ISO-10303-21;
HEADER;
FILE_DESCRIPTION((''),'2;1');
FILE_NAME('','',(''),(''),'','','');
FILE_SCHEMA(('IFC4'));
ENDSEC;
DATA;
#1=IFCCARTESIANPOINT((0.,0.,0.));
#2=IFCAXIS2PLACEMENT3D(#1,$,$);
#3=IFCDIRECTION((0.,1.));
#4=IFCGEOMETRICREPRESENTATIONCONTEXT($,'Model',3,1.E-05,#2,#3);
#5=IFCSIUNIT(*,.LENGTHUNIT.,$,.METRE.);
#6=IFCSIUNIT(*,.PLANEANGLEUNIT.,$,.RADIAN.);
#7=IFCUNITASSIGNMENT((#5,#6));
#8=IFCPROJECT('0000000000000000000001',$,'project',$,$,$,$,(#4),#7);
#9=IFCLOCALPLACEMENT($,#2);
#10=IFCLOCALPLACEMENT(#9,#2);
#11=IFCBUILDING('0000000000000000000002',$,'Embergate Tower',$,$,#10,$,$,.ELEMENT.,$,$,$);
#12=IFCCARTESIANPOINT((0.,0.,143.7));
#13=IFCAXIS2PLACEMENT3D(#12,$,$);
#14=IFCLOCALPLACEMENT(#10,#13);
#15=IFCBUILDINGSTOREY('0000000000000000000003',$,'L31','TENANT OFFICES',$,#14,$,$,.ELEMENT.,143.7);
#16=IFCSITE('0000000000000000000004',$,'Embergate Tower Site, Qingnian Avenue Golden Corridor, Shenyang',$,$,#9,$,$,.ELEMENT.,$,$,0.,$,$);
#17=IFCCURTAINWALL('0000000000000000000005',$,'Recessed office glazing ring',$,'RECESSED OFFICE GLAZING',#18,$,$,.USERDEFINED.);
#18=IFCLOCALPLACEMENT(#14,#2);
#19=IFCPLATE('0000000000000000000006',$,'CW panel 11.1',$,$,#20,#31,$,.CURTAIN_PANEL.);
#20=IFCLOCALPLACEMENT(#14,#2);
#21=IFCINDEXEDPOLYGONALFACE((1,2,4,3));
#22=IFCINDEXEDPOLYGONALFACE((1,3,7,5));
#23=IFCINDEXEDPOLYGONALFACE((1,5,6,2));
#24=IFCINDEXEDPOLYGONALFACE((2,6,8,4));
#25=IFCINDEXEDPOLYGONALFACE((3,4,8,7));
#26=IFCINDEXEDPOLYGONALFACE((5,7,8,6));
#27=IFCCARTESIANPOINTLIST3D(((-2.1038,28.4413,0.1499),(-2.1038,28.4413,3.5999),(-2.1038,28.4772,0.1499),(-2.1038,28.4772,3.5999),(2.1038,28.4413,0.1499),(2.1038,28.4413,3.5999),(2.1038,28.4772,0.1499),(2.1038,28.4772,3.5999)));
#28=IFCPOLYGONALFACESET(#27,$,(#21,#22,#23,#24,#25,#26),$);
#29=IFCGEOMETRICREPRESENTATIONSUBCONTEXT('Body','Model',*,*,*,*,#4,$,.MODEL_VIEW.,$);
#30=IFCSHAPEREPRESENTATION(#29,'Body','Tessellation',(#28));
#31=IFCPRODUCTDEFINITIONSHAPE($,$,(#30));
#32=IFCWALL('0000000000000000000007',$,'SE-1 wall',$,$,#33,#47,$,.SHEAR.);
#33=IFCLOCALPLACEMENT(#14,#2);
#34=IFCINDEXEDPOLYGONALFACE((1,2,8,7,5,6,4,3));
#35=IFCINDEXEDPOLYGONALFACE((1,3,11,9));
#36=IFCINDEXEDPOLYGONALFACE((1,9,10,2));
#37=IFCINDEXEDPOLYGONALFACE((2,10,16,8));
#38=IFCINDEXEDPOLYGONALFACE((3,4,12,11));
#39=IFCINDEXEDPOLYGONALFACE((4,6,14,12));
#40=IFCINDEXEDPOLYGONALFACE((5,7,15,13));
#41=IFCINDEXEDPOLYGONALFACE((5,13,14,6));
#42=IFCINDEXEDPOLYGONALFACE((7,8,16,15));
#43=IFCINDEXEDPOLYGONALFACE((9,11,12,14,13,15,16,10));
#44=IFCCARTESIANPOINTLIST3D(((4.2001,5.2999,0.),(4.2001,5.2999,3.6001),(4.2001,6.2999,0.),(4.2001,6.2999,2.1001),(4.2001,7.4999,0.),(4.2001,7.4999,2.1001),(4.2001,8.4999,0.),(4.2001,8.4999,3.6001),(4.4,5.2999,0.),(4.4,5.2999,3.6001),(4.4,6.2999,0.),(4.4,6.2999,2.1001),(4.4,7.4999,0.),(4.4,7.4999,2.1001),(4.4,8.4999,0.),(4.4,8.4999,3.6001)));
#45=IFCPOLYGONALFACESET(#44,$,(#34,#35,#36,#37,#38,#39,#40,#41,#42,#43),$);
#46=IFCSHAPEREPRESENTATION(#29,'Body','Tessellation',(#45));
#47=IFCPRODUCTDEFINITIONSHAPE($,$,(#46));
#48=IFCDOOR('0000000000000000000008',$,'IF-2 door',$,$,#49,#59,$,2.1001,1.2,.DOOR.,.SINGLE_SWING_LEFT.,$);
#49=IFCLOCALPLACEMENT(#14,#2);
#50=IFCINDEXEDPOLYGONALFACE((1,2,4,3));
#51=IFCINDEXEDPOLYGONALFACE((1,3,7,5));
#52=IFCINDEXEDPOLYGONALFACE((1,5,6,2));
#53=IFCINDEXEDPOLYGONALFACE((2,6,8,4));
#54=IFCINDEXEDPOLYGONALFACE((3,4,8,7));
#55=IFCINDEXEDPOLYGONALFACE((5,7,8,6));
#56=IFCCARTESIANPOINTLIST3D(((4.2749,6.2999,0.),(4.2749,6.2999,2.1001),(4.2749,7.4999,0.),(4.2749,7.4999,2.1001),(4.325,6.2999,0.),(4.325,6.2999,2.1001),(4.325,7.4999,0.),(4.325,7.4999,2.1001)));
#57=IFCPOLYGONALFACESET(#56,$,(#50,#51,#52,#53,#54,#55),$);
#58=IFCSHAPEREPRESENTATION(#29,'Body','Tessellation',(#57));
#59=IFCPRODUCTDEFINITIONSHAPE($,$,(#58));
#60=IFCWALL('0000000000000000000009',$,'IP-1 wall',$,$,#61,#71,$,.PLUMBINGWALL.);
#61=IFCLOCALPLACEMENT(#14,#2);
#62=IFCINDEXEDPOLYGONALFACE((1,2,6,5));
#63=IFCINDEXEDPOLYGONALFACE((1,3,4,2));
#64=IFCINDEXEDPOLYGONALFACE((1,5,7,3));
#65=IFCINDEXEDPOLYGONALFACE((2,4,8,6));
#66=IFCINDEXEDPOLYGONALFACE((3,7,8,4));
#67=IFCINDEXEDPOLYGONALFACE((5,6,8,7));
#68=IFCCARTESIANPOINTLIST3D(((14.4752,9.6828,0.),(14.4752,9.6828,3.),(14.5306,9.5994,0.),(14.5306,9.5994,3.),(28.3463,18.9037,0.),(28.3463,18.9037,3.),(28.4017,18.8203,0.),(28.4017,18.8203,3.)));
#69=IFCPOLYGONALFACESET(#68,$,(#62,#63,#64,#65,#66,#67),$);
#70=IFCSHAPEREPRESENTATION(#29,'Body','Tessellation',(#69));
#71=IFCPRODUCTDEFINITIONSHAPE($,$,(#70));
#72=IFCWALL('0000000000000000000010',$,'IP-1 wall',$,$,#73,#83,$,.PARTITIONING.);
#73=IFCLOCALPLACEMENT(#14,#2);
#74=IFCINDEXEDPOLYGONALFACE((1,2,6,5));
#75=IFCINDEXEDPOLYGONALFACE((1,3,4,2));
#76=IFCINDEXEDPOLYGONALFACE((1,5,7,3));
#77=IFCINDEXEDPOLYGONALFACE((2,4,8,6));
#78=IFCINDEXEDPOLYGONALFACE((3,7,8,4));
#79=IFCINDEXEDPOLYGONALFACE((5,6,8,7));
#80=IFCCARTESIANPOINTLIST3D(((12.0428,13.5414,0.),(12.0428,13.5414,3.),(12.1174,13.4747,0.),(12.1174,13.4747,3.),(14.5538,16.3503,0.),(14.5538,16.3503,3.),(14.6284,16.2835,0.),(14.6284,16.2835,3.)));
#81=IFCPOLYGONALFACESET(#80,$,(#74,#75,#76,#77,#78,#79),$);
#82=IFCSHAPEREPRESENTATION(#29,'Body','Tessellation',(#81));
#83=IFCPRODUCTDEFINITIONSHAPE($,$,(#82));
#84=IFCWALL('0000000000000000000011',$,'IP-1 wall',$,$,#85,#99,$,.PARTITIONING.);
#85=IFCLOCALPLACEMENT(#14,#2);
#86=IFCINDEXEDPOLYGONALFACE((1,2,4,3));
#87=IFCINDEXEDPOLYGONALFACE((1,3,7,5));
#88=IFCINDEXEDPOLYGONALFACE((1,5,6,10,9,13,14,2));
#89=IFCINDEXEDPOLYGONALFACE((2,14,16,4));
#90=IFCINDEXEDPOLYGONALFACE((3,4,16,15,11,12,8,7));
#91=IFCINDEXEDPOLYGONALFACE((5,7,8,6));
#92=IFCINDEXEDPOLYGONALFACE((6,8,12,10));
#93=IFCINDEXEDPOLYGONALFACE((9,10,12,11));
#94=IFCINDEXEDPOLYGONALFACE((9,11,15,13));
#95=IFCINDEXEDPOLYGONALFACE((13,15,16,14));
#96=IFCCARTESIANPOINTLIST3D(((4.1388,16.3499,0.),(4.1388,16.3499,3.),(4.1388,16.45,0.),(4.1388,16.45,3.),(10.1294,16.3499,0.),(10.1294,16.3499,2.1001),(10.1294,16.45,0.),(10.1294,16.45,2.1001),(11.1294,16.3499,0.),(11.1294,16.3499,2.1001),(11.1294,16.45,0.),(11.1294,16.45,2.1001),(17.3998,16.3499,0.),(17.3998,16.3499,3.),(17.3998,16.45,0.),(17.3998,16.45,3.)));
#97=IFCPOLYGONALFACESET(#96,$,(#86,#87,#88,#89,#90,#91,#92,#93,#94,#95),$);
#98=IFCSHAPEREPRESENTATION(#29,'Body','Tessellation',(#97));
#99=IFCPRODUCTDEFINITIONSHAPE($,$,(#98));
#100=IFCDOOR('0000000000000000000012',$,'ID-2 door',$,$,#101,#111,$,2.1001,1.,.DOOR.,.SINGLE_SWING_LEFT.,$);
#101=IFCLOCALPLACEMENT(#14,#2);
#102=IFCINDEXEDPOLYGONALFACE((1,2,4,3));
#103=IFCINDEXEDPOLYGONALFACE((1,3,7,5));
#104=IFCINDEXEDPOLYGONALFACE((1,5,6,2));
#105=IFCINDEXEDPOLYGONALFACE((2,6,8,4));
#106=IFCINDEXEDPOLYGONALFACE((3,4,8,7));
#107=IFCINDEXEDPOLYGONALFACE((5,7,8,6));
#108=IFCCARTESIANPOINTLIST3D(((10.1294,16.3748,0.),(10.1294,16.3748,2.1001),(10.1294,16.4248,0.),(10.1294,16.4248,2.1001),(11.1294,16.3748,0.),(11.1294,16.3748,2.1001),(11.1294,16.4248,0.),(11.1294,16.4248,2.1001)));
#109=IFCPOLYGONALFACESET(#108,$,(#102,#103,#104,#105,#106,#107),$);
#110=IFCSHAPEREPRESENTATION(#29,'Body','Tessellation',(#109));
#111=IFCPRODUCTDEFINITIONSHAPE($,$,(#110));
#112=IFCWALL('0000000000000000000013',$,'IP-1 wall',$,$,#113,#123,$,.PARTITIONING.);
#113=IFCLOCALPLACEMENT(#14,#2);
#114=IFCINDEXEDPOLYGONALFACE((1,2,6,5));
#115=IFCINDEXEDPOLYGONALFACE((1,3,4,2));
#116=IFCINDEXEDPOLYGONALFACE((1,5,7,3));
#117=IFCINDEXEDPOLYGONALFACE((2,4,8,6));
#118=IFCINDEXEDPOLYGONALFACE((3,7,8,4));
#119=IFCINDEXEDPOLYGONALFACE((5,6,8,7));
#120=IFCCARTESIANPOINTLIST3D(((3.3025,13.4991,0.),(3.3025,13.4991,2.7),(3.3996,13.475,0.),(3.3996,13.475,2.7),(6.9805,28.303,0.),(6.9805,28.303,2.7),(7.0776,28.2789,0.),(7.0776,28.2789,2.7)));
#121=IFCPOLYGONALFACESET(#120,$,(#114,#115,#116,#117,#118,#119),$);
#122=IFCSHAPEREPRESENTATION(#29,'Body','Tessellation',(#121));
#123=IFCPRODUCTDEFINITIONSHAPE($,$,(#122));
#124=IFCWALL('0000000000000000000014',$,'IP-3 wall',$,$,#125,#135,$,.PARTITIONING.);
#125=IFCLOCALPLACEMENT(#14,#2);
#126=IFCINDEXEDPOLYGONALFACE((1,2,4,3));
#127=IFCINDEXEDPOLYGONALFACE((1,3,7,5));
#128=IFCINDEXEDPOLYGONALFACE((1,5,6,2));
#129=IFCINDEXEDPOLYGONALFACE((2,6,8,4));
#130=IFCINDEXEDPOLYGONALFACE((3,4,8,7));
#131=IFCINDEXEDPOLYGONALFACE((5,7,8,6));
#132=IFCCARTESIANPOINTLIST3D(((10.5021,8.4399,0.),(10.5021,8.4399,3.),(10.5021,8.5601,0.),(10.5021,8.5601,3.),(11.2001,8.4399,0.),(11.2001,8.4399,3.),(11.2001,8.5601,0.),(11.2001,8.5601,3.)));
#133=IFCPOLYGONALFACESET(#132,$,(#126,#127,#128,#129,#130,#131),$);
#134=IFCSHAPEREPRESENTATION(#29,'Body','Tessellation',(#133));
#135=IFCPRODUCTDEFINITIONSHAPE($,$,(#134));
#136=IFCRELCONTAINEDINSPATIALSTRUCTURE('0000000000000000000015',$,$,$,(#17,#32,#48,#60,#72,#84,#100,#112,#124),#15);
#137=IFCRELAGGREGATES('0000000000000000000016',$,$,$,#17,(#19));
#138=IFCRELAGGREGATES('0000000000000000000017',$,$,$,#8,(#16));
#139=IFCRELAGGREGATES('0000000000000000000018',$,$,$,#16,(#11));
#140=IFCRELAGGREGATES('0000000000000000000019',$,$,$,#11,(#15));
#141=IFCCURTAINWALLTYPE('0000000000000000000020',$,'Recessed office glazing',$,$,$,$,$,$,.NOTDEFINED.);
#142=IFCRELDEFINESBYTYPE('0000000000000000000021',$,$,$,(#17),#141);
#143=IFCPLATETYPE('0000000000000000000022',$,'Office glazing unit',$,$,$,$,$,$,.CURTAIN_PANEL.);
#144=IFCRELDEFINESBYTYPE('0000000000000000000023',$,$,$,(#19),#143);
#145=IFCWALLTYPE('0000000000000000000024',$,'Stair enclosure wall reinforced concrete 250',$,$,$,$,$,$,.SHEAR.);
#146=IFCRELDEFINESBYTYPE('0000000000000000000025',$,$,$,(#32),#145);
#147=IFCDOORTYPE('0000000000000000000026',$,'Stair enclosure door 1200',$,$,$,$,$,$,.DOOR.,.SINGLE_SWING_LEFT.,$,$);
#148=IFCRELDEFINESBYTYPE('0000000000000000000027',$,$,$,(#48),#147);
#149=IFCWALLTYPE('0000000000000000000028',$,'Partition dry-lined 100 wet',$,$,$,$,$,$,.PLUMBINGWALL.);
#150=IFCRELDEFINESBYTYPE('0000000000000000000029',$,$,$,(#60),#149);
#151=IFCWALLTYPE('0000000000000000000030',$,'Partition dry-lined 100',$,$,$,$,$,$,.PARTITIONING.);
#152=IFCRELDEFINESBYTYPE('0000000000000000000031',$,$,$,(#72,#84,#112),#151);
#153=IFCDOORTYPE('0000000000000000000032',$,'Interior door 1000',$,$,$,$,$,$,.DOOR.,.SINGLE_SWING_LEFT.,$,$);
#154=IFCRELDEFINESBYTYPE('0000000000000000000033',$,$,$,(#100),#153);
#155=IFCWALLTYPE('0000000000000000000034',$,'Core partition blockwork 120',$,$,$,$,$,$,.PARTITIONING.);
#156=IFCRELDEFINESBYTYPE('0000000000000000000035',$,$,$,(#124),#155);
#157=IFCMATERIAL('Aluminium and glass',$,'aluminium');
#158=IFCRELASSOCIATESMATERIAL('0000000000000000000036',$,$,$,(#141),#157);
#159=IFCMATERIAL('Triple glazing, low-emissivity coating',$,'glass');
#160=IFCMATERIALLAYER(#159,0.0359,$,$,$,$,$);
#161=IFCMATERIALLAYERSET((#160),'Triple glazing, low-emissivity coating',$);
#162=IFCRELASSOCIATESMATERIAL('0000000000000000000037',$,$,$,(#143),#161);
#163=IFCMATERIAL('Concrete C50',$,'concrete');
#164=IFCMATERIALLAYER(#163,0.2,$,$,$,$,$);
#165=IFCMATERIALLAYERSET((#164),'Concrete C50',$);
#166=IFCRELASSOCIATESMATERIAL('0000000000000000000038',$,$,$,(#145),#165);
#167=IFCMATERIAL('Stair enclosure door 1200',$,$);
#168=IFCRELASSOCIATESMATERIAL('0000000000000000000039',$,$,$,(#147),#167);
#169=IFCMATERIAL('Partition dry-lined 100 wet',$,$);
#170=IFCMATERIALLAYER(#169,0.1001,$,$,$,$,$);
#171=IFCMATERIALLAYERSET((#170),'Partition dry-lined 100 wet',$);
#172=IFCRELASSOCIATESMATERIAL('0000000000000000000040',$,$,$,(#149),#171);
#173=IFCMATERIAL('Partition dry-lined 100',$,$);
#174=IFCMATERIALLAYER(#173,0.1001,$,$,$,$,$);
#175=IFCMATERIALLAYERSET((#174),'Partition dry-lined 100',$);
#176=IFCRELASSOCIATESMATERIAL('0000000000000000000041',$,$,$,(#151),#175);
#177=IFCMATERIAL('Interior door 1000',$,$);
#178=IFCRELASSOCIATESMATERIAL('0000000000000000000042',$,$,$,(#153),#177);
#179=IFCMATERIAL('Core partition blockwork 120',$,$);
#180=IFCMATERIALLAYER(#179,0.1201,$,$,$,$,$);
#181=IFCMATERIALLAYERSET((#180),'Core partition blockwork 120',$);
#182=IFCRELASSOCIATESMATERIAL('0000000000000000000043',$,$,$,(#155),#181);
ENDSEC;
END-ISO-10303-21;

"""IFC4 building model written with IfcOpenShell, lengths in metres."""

from ifc_helpers import new_model, si_unit, direction, frame, frame_2d, origin, origin_2d, place, context, subcontext, project, spatial, rectangle, extrude, source, transform, mapped, material, layer, layer_set, type_object, element, fill, aggregate, save


model = new_model("IFC4")

# Units and contexts
model_context = context("Model", 3, precision=1e-05, world=origin(), true_north=direction((0.0, 1.0)))
body_context = subcontext(model_context, "Body", "Model", "MODEL_VIEW")
ifc_project = project(units=[si_unit("LENGTHUNIT", "METRE"), si_unit("PLANEANGLEUNIT", "RADIAN")], contexts=[model_context])

# Site, building, storey
site_placement = place(None, origin())
site = spatial("IfcSite", under=ifc_project, at=site_placement, Name="Embergate Tower Site, Qingnian Avenue Golden Corridor, Shenyang", CompositionType="ELEMENT", RefElevation=0.0)
building_placement = place(site_placement, origin())
building = spatial("IfcBuilding", under=site, at=building_placement, Name="Embergate Tower", CompositionType="ELEMENT")
storey_placement = place(building_placement, frame((0.0, 0.0, 143.7)))
storey = spatial("IfcBuildingStorey", under=building, at=storey_placement, Name="L31", Description="TENANT OFFICES", CompositionType="ELEMENT", Elevation=143.7)

# Curtain wall, plate
ifc_material_1 = material(Name="Aluminium and glass", Category="aluminium")
curtain_wall_type = type_object("IfcCurtainWallType", Name="Recessed office glazing", PredefinedType="NOTDEFINED", material=ifc_material_1)
curtain_wall_placement = place(storey_placement, origin())
curtain_wall = element("IfcCurtainWall", 1, at=curtain_wall_placement, inside=storey, type_object=curtain_wall_type, Name="Recessed office glazing ring", ObjectType="RECESSED OFFICE GLAZING", PredefinedType="USERDEFINED")
ifc_material_2 = material(Name="Triple glazing, low-emissivity coating", Category="glass")
ifc_layer_1 = layer(ifc_material_2, 0.0359)
ifc_layer_set_1 = layer_set([ifc_layer_1], Name="Triple glazing, low-emissivity coating")
plate_type = type_object("IfcPlateType", Name="Office glazing unit", PredefinedType="CURTAIN_PANEL", material=ifc_layer_set_1)
shared_shape_1 = source(origin(), body_context, "Body", "SweptSolid", [
    extrude(rectangle(XDim=4.2075, YDim=0.0359, at=origin_2d()), origin(), (0.0, 0.0, 1.0), 3.45),
])
plate_1_placement = place(storey_placement, frame((0.0, 28.4592, 0.1499), z_axis=(0.0, 0.0, 1.0), x_axis=(-1.0, 0.0, 0.0)))
plate_1 = element("IfcPlate", 2, at=plate_1_placement, type_object=plate_type, Name="CW panel 11.1", PredefinedType="CURTAIN_PANEL", context=body_context, shape_type="MappedRepresentation", body=[
    mapped(shared_shape_1, transform((0.0, 0.0, 0.0))),
])
aggregate(curtain_wall, [plate_1])

# Wall, opening, door
ifc_material_3 = material(Name="Concrete C50", Category="concrete")
ifc_layer_2 = layer(ifc_material_3, 0.2)
ifc_layer_set_2 = layer_set([ifc_layer_2], Name="Concrete C50")
wall_type_1 = type_object("IfcWallType", Name="Stair enclosure wall reinforced concrete 250", PredefinedType="SHEAR", material=ifc_layer_set_2)
shared_shape_2 = source(origin(), body_context, "Body", "SweptSolid", [
    extrude(rectangle(XDim=3.2, YDim=0.2, at=frame_2d((1.6001, 0.0))), origin(), (0.0, 0.0, 1.0), 3.6001),
])
wall_1_placement = place(storey_placement, frame((4.3, 8.5, 0.0), z_axis=(0.0, 0.0, 1.0), x_axis=(0.0, -1.0, 0.0)))
wall_1 = element("IfcWall", 3, at=wall_1_placement, inside=storey, type_object=wall_type_1, Name="SE-1 wall", PredefinedType="SHEAR", context=body_context, shape_type="MappedRepresentation", body=[
    mapped(shared_shape_2, transform((0.0, 0.0, 0.0))),
])
shared_shape_3 = source(origin(), body_context, "Body", "SweptSolid", [
    extrude(rectangle(XDim=1.2, YDim=2.1001, at=frame_2d((0.6001, 1.05))), frame((0.0, 0.1099, 0.0), z_axis=(0.0, -1.0, 0.0), x_axis=(1.0, 0.0, 0.0)), (0.0, 0.0, 1.0), 0.22),
])
opening_1_placement = place(wall_1_placement, frame((1.0, 0.0, 0.0)))
opening_1 = element("IfcOpeningElement", 4, at=opening_1_placement, cuts=wall_1, PredefinedType="OPENING", context=body_context, shape_type="MappedRepresentation", body=[
    mapped(shared_shape_3, transform((0.0, 0.0, 0.0))),
])
ifc_material_4 = material(Name="Stair enclosure door 1200")
door_type_1 = type_object("IfcDoorType", Name="Stair enclosure door 1200", OperationType="SINGLE_SWING_LEFT", PredefinedType="DOOR", material=ifc_material_4)
shared_shape_4 = source(origin(), body_context, "Body", "SweptSolid", [
    extrude(rectangle(XDim=1.2, YDim=2.1001, at=frame_2d((0.6001, 1.05))), frame((0.0, 0.0249, 0.0), z_axis=(0.0, -1.0, 0.0), x_axis=(1.0, 0.0, 0.0)), (0.0, 0.0, 1.0), 0.05),
])
door_1_placement = place(opening_1_placement, origin())
door_1 = element("IfcDoor", 5, at=door_1_placement, inside=storey, type_object=door_type_1, Name="IF-2 door", OperationType="SINGLE_SWING_LEFT", OverallHeight=2.1001, OverallWidth=1.2, PredefinedType="DOOR", context=body_context, shape_type="MappedRepresentation", body=[
    mapped(shared_shape_4, transform((0.0, 0.0, 0.0))),
])
fill(opening_1, door_1)

# Walls
ifc_material_5 = material(Name="Partition dry-lined 100 wet")
ifc_layer_3 = layer(ifc_material_5, 0.1001)
ifc_layer_set_3 = layer_set([ifc_layer_3], Name="Partition dry-lined 100 wet")
wall_type_2 = type_object("IfcWallType", Name="Partition dry-lined 100 wet", PredefinedType="PLUMBINGWALL", material=ifc_layer_set_3)
shared_shape_5 = source(origin(), body_context, "Body", "SweptSolid", [
    extrude(rectangle(XDim=16.6562, YDim=0.1001, at=frame_2d((8.3281, 0.0))), origin(), (0.0, 0.0, 1.0), 3.0),
])
wall_2_placement = place(storey_placement, frame((14.5029, 9.6411, 0.0), z_axis=(0.0, 0.0, 1.0), x_axis=(0.832782, 0.5536, 0.0)))
element("IfcWall", 6, at=wall_2_placement, inside=storey, type_object=wall_type_2, Name="IP-1 wall", PredefinedType="PLUMBINGWALL", context=body_context, shape_type="MappedRepresentation", body=[
    mapped(shared_shape_5, transform((0.0, 0.0, 0.0))),
])
ifc_material_6 = material(Name="Partition dry-lined 100")
ifc_layer_4 = layer(ifc_material_6, 0.1001)
ifc_layer_set_4 = layer_set([ifc_layer_4], Name="Partition dry-lined 100")
wall_type_3 = type_object("IfcWallType", Name="Partition dry-lined 100", PredefinedType="PARTITIONING", material=ifc_layer_set_4)
shared_shape_6 = source(origin(), body_context, "Body", "SweptSolid", [
    extrude(rectangle(XDim=3.7676, YDim=0.1001, at=frame_2d((1.8838, 0.0))), origin(), (0.0, 0.0, 1.0), 3.0),
])
wall_3_placement = place(storey_placement, frame((14.5911, 16.3169, 0.0), z_axis=(0.0, 0.0, 1.0), x_axis=(-0.666473, -0.745529, 0.0)))
element("IfcWall", 7, at=wall_3_placement, inside=storey, type_object=wall_type_3, Name="IP-1 wall", PredefinedType="PARTITIONING", context=body_context, shape_type="MappedRepresentation", body=[
    mapped(shared_shape_6, transform((0.0, 0.0, 0.0))),
])

# Wall, opening, door
shared_shape_7 = source(origin(), body_context, "Body", "SweptSolid", [
    extrude(rectangle(XDim=13.261, YDim=0.1001, at=frame_2d((6.6304, 0.0))), origin(), (0.0, 0.0, 1.0), 3.0),
])
wall_4_placement = place(storey_placement, frame((4.1389, 16.3999, 0.0), z_axis=(0.0, 0.0, 1.0), x_axis=(1.0, 0.0, 0.0)))
wall_4 = element("IfcWall", 8, at=wall_4_placement, inside=storey, type_object=wall_type_3, Name="IP-1 wall", PredefinedType="PARTITIONING", context=body_context, shape_type="MappedRepresentation", body=[
    mapped(shared_shape_7, transform((0.0, 0.0, 0.0))),
])
shared_shape_8 = source(origin(), body_context, "Body", "SweptSolid", [
    extrude(rectangle(XDim=1.0, YDim=2.1001, at=frame_2d((0.5, 1.05))), frame((0.0, 0.0601, 0.0), z_axis=(0.0, -1.0, 0.0), x_axis=(1.0, 0.0, 0.0)), (0.0, 0.0, 1.0), 0.1201),
])
opening_2_placement = place(wall_4_placement, frame((5.9905, 0.0, 0.0)))
opening_2 = element("IfcOpeningElement", 9, at=opening_2_placement, cuts=wall_4, PredefinedType="OPENING", context=body_context, shape_type="MappedRepresentation", body=[
    mapped(shared_shape_8, transform((0.0, 0.0, 0.0))),
])
ifc_material_7 = material(Name="Interior door 1000")
door_type_2 = type_object("IfcDoorType", Name="Interior door 1000", OperationType="SINGLE_SWING_LEFT", PredefinedType="DOOR", material=ifc_material_7)
shared_shape_9 = source(origin(), body_context, "Body", "SweptSolid", [
    extrude(rectangle(XDim=1.0, YDim=2.1001, at=frame_2d((0.5, 1.05))), frame((0.0, 0.0249, 0.0), z_axis=(0.0, -1.0, 0.0), x_axis=(1.0, 0.0, 0.0)), (0.0, 0.0, 1.0), 0.05),
])
door_2_placement = place(opening_2_placement, origin())
door_2 = element("IfcDoor", 10, at=door_2_placement, inside=storey, type_object=door_type_2, Name="ID-2 door", OperationType="SINGLE_SWING_LEFT", OverallHeight=2.1001, OverallWidth=1.0, PredefinedType="DOOR", context=body_context, shape_type="MappedRepresentation", body=[
    mapped(shared_shape_9, transform((0.0, 0.0, 0.0))),
])
fill(opening_2, door_2)

# Walls
shared_shape_10 = source(origin(), body_context, "Body", "SweptSolid", [
    extrude(rectangle(XDim=15.2539, YDim=0.1001, at=frame_2d((7.627, 0.0))), origin(), (0.0, 0.0, 1.0), 2.7),
])
wall_5_placement = place(storey_placement, frame((3.3511, 13.4871, 0.0), z_axis=(0.0, 0.0, 1.0), x_axis=(0.241116, 0.970496, 0.0)))
element("IfcWall", 11, at=wall_5_placement, inside=storey, type_object=wall_type_3, Name="IP-1 wall", PredefinedType="PARTITIONING", context=body_context, shape_type="MappedRepresentation", body=[
    mapped(shared_shape_10, transform((0.0, 0.0, 0.0))),
])
ifc_material_8 = material(Name="Core partition blockwork 120")
ifc_layer_5 = layer(ifc_material_8, 0.1201)
ifc_layer_set_5 = layer_set([ifc_layer_5], Name="Core partition blockwork 120")
wall_type_4 = type_object("IfcWallType", Name="Core partition blockwork 120", PredefinedType="PARTITIONING", material=ifc_layer_set_5)
shared_shape_11 = source(origin(), body_context, "Body", "SweptSolid", [
    extrude(rectangle(XDim=0.698, YDim=0.1201, at=frame_2d((0.3491, 0.0))), origin(), (0.0, 0.0, 1.0), 3.0),
])
wall_6_placement = place(storey_placement, frame((10.502, 8.5, 0.0), z_axis=(0.0, 0.0, 1.0), x_axis=(1.0, 0.0, 0.0)))
element("IfcWall", 12, at=wall_6_placement, inside=storey, type_object=wall_type_4, Name="IP-3 wall", PredefinedType="PARTITIONING", context=body_context, shape_type="MappedRepresentation", body=[
    mapped(shared_shape_11, transform((0.0, 0.0, 0.0))),
])

save(model, "model.ifc")
